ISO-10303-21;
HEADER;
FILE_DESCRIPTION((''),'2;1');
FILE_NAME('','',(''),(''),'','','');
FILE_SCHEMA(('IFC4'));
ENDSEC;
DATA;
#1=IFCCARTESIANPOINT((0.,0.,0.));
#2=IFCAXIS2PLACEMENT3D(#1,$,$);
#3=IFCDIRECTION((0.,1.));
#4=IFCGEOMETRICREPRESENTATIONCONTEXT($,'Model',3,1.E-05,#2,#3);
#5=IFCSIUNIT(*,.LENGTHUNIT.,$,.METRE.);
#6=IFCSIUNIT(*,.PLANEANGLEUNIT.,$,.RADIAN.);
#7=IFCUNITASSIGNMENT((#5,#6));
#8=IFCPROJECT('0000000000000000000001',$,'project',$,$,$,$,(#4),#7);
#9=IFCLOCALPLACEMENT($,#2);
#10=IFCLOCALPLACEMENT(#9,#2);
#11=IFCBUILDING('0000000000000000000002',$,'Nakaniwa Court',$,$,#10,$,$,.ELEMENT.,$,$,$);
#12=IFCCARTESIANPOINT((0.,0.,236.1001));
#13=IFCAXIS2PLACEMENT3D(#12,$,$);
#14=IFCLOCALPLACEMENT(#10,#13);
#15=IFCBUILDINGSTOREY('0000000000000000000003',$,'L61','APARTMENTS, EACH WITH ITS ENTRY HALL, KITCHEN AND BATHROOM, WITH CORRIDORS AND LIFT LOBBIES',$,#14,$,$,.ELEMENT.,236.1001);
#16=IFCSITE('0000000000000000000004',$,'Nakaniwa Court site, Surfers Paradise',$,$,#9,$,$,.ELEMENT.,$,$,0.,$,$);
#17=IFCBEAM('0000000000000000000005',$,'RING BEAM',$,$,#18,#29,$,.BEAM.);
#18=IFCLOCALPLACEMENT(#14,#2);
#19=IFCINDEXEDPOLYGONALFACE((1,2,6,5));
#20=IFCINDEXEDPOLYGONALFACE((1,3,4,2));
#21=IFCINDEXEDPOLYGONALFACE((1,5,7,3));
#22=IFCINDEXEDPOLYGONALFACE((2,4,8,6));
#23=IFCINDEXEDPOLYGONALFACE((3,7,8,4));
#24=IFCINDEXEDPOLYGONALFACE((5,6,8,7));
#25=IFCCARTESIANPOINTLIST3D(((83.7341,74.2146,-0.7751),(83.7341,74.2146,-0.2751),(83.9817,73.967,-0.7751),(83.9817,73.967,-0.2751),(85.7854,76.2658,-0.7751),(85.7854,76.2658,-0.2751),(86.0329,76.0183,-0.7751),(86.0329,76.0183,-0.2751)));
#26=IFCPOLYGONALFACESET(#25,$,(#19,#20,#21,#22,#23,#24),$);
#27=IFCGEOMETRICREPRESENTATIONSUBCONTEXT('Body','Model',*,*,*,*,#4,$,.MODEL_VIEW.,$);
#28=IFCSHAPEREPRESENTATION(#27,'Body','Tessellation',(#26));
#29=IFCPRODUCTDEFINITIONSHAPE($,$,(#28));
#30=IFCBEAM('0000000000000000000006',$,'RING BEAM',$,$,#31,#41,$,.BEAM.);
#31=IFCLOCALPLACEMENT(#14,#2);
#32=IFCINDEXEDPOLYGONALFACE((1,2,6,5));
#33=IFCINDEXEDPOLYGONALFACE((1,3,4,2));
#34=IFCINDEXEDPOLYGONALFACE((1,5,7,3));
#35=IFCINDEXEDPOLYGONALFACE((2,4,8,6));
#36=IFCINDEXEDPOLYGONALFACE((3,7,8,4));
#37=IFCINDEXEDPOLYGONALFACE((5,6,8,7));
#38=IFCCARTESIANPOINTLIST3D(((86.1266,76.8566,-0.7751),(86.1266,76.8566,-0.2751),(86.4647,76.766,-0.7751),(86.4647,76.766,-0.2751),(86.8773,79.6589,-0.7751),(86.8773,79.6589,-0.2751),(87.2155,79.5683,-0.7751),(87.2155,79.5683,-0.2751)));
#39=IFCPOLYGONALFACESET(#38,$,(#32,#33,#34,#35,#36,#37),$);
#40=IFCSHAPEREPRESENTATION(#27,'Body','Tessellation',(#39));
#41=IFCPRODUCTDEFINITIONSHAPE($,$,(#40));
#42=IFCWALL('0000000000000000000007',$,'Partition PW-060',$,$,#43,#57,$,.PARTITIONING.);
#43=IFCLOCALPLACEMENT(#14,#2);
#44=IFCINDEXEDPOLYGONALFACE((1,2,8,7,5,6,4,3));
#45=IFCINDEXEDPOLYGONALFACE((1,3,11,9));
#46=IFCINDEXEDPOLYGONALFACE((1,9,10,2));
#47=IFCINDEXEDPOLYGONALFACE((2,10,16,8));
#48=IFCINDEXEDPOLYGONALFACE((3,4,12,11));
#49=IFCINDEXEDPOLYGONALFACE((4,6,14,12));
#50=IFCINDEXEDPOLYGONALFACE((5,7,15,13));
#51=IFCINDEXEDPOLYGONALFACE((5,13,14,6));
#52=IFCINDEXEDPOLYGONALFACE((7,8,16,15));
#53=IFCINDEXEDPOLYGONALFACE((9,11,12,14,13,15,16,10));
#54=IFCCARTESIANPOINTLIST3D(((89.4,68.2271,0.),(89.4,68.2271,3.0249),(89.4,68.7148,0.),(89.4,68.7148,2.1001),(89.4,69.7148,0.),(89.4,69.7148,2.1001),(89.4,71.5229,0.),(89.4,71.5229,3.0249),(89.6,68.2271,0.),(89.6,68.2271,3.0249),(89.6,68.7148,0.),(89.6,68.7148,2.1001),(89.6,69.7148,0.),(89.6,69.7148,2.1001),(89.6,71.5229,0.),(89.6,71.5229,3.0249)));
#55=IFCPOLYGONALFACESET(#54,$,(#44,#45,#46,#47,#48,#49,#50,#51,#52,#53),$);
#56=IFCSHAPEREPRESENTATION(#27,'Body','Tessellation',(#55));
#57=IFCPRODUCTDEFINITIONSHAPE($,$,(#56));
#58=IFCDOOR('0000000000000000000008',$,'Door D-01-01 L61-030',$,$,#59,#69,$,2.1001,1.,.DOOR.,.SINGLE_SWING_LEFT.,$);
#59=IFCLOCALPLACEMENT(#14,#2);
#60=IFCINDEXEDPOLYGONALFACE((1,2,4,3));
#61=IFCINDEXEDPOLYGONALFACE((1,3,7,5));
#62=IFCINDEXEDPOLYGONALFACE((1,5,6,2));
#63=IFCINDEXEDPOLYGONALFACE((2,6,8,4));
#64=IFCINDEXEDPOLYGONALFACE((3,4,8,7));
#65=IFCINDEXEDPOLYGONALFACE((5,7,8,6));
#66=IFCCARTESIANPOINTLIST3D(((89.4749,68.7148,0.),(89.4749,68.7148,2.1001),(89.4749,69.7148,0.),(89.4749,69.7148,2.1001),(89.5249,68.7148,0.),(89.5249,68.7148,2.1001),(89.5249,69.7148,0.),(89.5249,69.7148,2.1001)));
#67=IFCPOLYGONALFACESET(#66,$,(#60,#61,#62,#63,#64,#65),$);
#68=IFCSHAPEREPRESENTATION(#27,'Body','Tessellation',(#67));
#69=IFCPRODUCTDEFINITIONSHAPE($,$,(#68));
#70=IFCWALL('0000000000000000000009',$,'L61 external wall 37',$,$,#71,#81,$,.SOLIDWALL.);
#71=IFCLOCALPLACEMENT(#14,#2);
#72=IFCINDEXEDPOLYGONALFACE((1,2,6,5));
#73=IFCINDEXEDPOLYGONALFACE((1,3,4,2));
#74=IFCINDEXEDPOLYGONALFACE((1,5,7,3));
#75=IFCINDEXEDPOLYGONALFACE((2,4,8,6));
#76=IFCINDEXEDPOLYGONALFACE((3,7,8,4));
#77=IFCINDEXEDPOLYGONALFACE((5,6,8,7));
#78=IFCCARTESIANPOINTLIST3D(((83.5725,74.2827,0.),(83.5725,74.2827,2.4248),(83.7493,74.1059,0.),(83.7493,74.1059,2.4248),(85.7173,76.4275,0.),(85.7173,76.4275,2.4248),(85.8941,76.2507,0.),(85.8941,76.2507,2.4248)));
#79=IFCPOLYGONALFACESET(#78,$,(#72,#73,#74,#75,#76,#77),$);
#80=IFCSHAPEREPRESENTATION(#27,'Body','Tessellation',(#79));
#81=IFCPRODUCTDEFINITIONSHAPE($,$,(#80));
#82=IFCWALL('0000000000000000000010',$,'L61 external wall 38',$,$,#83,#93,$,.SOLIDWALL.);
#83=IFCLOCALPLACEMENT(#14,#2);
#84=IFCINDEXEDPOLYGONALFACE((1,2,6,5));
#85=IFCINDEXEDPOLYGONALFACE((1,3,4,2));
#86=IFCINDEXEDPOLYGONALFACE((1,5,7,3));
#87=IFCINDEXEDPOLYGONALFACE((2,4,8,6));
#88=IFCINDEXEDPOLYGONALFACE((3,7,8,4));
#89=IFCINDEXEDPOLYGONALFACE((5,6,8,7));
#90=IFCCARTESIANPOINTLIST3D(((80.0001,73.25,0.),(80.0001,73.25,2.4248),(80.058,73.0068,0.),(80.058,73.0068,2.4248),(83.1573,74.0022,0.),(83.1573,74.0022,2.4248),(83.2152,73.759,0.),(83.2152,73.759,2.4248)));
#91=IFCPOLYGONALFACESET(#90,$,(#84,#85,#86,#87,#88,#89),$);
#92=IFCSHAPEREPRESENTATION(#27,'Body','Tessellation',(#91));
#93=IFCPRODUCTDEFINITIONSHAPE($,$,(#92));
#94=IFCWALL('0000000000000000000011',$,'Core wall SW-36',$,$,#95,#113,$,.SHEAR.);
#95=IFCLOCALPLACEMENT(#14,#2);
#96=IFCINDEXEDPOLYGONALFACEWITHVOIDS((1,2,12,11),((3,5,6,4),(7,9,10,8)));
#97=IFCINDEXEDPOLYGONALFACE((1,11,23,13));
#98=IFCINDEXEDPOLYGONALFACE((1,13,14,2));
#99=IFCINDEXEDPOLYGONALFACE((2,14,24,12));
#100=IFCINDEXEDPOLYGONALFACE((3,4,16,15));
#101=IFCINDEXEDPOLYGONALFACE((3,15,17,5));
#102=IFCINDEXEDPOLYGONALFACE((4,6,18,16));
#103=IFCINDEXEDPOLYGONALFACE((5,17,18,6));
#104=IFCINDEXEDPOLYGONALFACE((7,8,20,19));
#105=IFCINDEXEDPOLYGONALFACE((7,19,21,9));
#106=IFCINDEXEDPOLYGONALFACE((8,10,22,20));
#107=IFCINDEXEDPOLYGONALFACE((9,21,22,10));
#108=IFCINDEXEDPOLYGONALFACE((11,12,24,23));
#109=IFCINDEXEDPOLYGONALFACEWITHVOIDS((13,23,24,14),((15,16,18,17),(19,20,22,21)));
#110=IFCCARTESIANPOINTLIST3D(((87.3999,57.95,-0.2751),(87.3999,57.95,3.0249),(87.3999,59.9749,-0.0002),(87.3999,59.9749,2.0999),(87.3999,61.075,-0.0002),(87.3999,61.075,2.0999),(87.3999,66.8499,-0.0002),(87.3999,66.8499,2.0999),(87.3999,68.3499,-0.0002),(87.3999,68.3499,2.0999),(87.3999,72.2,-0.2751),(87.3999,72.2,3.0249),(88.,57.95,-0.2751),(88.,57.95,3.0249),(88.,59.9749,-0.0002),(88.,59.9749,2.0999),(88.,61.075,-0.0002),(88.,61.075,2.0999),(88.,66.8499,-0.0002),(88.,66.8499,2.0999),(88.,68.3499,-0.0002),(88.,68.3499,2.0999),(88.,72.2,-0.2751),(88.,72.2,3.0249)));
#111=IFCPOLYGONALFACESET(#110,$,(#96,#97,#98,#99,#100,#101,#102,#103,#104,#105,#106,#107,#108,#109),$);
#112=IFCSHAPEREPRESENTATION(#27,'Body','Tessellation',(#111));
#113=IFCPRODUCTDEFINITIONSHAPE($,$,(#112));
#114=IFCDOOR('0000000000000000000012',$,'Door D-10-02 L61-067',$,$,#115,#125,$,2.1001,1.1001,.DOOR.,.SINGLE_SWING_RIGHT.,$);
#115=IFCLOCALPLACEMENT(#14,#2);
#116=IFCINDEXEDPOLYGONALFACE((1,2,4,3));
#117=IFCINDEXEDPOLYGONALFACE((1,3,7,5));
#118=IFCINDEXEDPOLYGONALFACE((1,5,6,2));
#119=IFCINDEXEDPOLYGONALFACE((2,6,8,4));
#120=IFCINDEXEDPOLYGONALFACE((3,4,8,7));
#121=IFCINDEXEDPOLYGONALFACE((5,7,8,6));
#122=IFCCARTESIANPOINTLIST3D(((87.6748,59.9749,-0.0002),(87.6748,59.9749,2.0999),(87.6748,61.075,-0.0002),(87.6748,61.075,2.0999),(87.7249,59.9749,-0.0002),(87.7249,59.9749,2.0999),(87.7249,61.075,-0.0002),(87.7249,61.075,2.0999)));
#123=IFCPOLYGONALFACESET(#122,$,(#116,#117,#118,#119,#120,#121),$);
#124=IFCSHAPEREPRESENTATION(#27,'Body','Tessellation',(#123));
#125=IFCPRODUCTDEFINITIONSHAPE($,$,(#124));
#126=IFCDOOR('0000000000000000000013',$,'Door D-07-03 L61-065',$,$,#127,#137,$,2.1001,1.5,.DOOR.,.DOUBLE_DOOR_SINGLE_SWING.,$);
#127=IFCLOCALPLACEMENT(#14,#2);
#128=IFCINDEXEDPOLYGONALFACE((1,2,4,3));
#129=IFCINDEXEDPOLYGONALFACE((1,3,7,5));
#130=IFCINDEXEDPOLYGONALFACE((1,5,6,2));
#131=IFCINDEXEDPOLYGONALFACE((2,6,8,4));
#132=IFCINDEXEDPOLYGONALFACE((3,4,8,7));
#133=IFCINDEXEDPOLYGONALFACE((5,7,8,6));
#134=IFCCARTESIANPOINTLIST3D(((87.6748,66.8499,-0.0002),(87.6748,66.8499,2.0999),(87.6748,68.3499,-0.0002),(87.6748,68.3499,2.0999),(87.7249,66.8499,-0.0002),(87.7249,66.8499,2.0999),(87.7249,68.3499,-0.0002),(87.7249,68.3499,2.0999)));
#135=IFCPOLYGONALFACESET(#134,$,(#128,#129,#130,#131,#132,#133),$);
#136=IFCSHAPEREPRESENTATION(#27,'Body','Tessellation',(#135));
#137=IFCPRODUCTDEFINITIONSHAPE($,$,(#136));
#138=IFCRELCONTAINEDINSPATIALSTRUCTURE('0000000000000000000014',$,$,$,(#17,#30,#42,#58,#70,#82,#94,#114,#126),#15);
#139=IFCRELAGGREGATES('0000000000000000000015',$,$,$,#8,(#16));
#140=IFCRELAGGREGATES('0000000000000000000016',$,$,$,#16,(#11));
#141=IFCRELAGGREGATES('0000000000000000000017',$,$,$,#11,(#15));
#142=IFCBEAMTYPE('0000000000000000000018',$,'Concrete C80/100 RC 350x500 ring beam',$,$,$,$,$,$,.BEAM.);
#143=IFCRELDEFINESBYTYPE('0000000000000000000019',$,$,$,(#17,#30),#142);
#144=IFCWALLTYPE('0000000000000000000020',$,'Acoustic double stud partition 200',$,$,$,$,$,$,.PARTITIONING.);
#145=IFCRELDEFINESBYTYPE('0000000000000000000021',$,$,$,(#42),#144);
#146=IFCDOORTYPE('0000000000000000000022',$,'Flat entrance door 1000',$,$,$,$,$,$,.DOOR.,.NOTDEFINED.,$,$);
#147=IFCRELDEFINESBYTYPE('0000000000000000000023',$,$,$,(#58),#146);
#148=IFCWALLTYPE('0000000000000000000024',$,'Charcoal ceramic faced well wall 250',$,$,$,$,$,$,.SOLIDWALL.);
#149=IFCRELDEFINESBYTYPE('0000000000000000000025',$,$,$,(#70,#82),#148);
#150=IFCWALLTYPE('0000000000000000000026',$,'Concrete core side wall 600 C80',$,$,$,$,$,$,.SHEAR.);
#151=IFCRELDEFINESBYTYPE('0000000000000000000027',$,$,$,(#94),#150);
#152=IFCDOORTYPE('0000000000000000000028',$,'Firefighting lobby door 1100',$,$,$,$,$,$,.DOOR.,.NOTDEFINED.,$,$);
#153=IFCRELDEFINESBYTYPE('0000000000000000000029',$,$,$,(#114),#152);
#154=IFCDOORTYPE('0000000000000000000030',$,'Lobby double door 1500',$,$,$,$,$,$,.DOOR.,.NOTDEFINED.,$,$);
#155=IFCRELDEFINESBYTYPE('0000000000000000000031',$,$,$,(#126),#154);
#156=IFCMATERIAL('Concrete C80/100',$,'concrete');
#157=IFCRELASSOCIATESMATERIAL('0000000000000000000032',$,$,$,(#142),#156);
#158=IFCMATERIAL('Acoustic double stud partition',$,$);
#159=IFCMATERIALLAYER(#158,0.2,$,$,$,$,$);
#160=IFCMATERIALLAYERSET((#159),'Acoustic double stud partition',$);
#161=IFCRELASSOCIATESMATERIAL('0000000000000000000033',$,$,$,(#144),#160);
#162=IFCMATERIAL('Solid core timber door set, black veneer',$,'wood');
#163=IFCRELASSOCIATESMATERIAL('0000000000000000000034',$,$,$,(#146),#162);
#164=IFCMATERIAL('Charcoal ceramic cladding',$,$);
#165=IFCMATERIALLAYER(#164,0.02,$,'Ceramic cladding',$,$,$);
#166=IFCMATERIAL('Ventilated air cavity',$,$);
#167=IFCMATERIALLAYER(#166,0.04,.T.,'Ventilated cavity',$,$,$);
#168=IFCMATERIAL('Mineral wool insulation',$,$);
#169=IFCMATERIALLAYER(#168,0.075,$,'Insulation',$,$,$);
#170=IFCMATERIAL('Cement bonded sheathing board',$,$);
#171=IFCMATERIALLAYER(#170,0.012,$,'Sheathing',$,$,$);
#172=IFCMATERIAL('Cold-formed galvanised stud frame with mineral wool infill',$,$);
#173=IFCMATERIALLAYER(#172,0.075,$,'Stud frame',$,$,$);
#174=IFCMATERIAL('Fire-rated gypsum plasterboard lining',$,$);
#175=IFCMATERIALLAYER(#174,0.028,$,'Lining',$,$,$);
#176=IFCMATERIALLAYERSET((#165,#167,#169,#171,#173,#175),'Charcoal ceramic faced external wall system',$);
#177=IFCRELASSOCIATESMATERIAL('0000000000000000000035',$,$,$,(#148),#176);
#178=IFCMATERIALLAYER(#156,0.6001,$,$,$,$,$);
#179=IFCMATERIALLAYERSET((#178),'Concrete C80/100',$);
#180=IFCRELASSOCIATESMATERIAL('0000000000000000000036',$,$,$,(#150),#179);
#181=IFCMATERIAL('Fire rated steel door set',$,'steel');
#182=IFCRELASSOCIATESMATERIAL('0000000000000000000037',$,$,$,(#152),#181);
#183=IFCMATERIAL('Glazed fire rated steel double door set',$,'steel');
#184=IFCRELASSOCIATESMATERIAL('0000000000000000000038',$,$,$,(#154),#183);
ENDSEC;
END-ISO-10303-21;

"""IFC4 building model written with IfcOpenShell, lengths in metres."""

from ifc_helpers import new_model, si_unit, direction, frame, frame_2d, origin, origin_2d, place, context, subcontext, project, spatial, rectangle, extrude, material, layer, layer_set, material_profile, profile_set, type_object, element, fill, save


model = new_model("IFC4")

# Units and contexts
model_context = context("Model", 3, precision=1e-05, world=origin(), true_north=direction((0.0, 1.0)))
body_context = subcontext(model_context, "Body", "Model", "MODEL_VIEW")
ifc_project = project(units=[si_unit("LENGTHUNIT", "METRE"), si_unit("PLANEANGLEUNIT", "RADIAN")], contexts=[model_context])

# Site, building, storey
site_placement = place(None, origin())
site = spatial("IfcSite", under=ifc_project, at=site_placement, Name="Nakaniwa Court site, Surfers Paradise", CompositionType="ELEMENT", RefElevation=0.0)
building_placement = place(site_placement, origin())
building = spatial("IfcBuilding", under=site, at=building_placement, Name="Nakaniwa Court", CompositionType="ELEMENT")
storey_placement = place(building_placement, frame((0.0, 0.0, 236.1001)))
storey = spatial("IfcBuildingStorey", under=building, at=storey_placement, Name="L61", Description="APARTMENTS, EACH WITH ITS ENTRY HALL, KITCHEN AND BATHROOM, WITH CORRIDORS AND LIFT LOBBIES", CompositionType="ELEMENT", Elevation=236.1001)

# Shared definitions
ifc_material_1 = material(Name="Concrete C80/100", Category="concrete")

# Beams
ifc_material_profile_1 = material_profile(ifc_material_1, rectangle(XDim=0.3501, YDim=0.5, at=origin_2d()), Name="Concrete C80/100 RC 350x500 ring beam")
ifc_profile_set_1 = profile_set([ifc_material_profile_1], Name="Concrete C80/100")
beam_type = type_object("IfcBeamType", Name="Concrete C80/100 RC 350x500 ring beam", PredefinedType="BEAM", material=ifc_profile_set_1)
beam_1_placement = place(storey_placement, frame((83.8579, 74.0908, -0.5251), z_axis=(0.707107, 0.707107, 0.0), x_axis=(-0.707107, 0.707107, 0.0)))
element("IfcBeam", 1, at=beam_1_placement, inside=storey, type_object=beam_type, Name="RING BEAM", PredefinedType="BEAM", context=body_context, shape_type="SweptSolid", body=[
    extrude(rectangle(XDim=0.3501, YDim=0.5, at=origin_2d()), origin(), (0.0, 0.0, 1.0), 2.9009),
])
beam_2_placement = place(storey_placement, frame((86.2957, 76.8113, -0.5251), z_axis=(0.258778, 0.965937, 0.0), x_axis=(-0.965937, 0.258778, 0.0)))
element("IfcBeam", 2, at=beam_2_placement, inside=storey, type_object=beam_type, Name="RING BEAM", PredefinedType="BEAM", context=body_context, shape_type="SweptSolid", body=[
    extrude(rectangle(XDim=0.3501, YDim=0.5, at=origin_2d()), origin(), (0.0, 0.0, 1.0), 2.9011),
])

# Wall, opening, door
ifc_material_2 = material(Name="Acoustic double stud partition")
ifc_layer_1 = layer(ifc_material_2, 0.2)
ifc_layer_set_1 = layer_set([ifc_layer_1], Name="Acoustic double stud partition")
wall_type_1 = type_object("IfcWallType", Name="Acoustic double stud partition 200", PredefinedType="PARTITIONING", material=ifc_layer_set_1)
wall_1_placement = place(storey_placement, frame((89.5, 71.5229, 0.0), z_axis=(0.0, 0.0, 1.0), x_axis=(0.0, -1.0, 0.0)))
wall_1 = element("IfcWall", 3, at=wall_1_placement, inside=storey, type_object=wall_type_1, Name="Partition PW-060", PredefinedType="PARTITIONING", context=body_context, shape_type="SweptSolid", body=[
    extrude(rectangle(XDim=3.2959, YDim=0.2, at=frame_2d((1.6479, 0.0))), origin(), (0.0, 0.0, 1.0), 3.0249),
])
opening_1_placement = place(wall_1_placement, frame((1.8081, 0.0, 0.0)))
opening_1 = element("IfcOpeningElement", 4, at=opening_1_placement, cuts=wall_1, PredefinedType="OPENING", context=body_context, shape_type="SweptSolid", body=[
    extrude(rectangle(XDim=1.0, YDim=2.1001, at=frame_2d((0.5, 1.05))), frame((0.0, 0.1099, 0.0), z_axis=(0.0, -1.0, 0.0), x_axis=(1.0, 0.0, 0.0)), (0.0, 0.0, 1.0), 0.22),
])
ifc_material_3 = material(Name="Solid core timber door set, black veneer", Category="wood")
door_type_1 = type_object("IfcDoorType", Name="Flat entrance door 1000", OperationType="NOTDEFINED", PredefinedType="DOOR", material=ifc_material_3)
door_1_placement = place(opening_1_placement, origin())
door_1 = element("IfcDoor", 5, at=door_1_placement, inside=storey, type_object=door_type_1, Name="Door D-01-01 L61-030", OperationType="SINGLE_SWING_LEFT", OverallHeight=2.1001, OverallWidth=1.0, PredefinedType="DOOR", context=body_context, shape_type="SweptSolid", body=[
    extrude(rectangle(XDim=1.0, YDim=2.1001, at=frame_2d((0.5, 1.05))), frame((0.0, 0.0249, 0.0), z_axis=(0.0, -1.0, 0.0), x_axis=(1.0, 0.0, 0.0)), (0.0, 0.0, 1.0), 0.05),
])
fill(opening_1, door_1)

# Walls
ifc_material_4 = material(Name="Charcoal ceramic cladding")
ifc_layer_2 = layer(ifc_material_4, 0.02, Name="Ceramic cladding")
ifc_material_5 = material(Name="Ventilated air cavity")
ifc_layer_3 = layer(ifc_material_5, 0.04, ventilated=True, Name="Ventilated cavity")
ifc_material_6 = material(Name="Mineral wool insulation")
ifc_layer_4 = layer(ifc_material_6, 0.075, Name="Insulation")
ifc_material_7 = material(Name="Cement bonded sheathing board")
ifc_layer_5 = layer(ifc_material_7, 0.012, Name="Sheathing")
ifc_material_8 = material(Name="Cold-formed galvanised stud frame with mineral wool infill")
ifc_layer_6 = layer(ifc_material_8, 0.075, Name="Stud frame")
ifc_material_9 = material(Name="Fire-rated gypsum plasterboard lining")
ifc_layer_7 = layer(ifc_material_9, 0.028, Name="Lining")
ifc_layer_set_2 = layer_set([ifc_layer_2, ifc_layer_3, ifc_layer_4, ifc_layer_5, ifc_layer_6, ifc_layer_7], Name="Charcoal ceramic faced external wall system")
wall_type_2 = type_object("IfcWallType", Name="Charcoal ceramic faced well wall 250", PredefinedType="SOLIDWALL", material=ifc_layer_set_2)
wall_2_placement = place(storey_placement, frame((85.8057, 76.3391, 0.0), z_axis=(0.0, 0.0, 1.0), x_axis=(-0.707107, -0.707107, 0.0)))
element("IfcWall", 6, at=wall_2_placement, inside=storey, type_object=wall_type_2, Name="L61 external wall 37", PredefinedType="SOLIDWALL", context=body_context, shape_type="SweptSolid", body=[
    extrude(rectangle(XDim=3.0332, YDim=0.25, at=frame_2d((1.5166, 0.0))), origin(), (0.0, 0.0, 1.0), 2.4248),
])
wall_3_placement = place(storey_placement, frame((83.1863, 73.8806, 0.0), z_axis=(0.0, 0.0, 1.0), x_axis=(-0.972773, -0.23176, 0.0)))
element("IfcWall", 7, at=wall_3_placement, inside=storey, type_object=wall_type_2, Name="L61 external wall 38", PredefinedType="SOLIDWALL", context=body_context, shape_type="SweptSolid", body=[
    extrude(rectangle(XDim=3.2456, YDim=0.25, at=frame_2d((1.6228, 0.0))), origin(), (0.0, 0.0, 1.0), 2.4248),
])

# Wall, openings, doors
ifc_layer_8 = layer(ifc_material_1, 0.6001)
ifc_layer_set_3 = layer_set([ifc_layer_8], Name="Concrete C80/100")
wall_type_3 = type_object("IfcWallType", Name="Concrete core side wall 600 C80", PredefinedType="SHEAR", material=ifc_layer_set_3)
wall_4_placement = place(storey_placement, frame((87.7, 72.2, -0.2751), z_axis=(0.0, 0.0, 1.0), x_axis=(0.0, -1.0, 0.0)))
wall_4 = element("IfcWall", 8, at=wall_4_placement, inside=storey, type_object=wall_type_3, Name="Core wall SW-36", PredefinedType="SHEAR", context=body_context, shape_type="SweptSolid", body=[
    extrude(rectangle(XDim=14.25, YDim=0.6001, at=frame_2d((7.125, 0.0))), origin(), (0.0, 0.0, 1.0), 3.3),
])
opening_2_placement = place(wall_4_placement, frame((3.8501, 0.0, 0.2749)))
opening_2 = element("IfcOpeningElement", 9, at=opening_2_placement, cuts=wall_4, PredefinedType="OPENING", context=body_context, shape_type="SweptSolid", body=[
    extrude(rectangle(XDim=1.5, YDim=2.1001, at=frame_2d((0.75, 1.05))), frame((0.0, 0.3101, 0.0), z_axis=(0.0, -1.0, 0.0), x_axis=(1.0, 0.0, 0.0)), (0.0, 0.0, 1.0), 0.6201),
])
opening_3_placement = place(wall_4_placement, frame((11.125, 0.0, 0.2749)))
opening_3 = element("IfcOpeningElement", 10, at=opening_3_placement, cuts=wall_4, PredefinedType="OPENING", context=body_context, shape_type="SweptSolid", body=[
    extrude(rectangle(XDim=1.1001, YDim=2.1001, at=frame_2d((0.55, 1.05))), frame((0.0, 0.3101, 0.0), z_axis=(0.0, -1.0, 0.0), x_axis=(1.0, 0.0, 0.0)), (0.0, 0.0, 1.0), 0.6201),
])
ifc_material_10 = material(Name="Fire rated steel door set", Category="steel")
door_type_2 = type_object("IfcDoorType", Name="Firefighting lobby door 1100", OperationType="NOTDEFINED", PredefinedType="DOOR", material=ifc_material_10)
door_2_placement = place(opening_3_placement, origin())
door_2 = element("IfcDoor", 11, at=door_2_placement, inside=storey, type_object=door_type_2, Name="Door D-10-02 L61-067", OperationType="SINGLE_SWING_RIGHT", OverallHeight=2.1001, OverallWidth=1.1001, PredefinedType="DOOR", context=body_context, shape_type="SweptSolid", body=[
    extrude(rectangle(XDim=1.1001, YDim=2.1001, at=frame_2d((0.55, 1.05))), frame((0.0, 0.0249, 0.0), z_axis=(0.0, -1.0, 0.0), x_axis=(1.0, 0.0, 0.0)), (0.0, 0.0, 1.0), 0.05),
])
fill(opening_3, door_2)
ifc_material_11 = material(Name="Glazed fire rated steel double door set", Category="steel")
door_type_3 = type_object("IfcDoorType", Name="Lobby double door 1500", OperationType="NOTDEFINED", PredefinedType="DOOR", material=ifc_material_11)
door_3_placement = place(opening_2_placement, origin())
door_3 = element("IfcDoor", 12, at=door_3_placement, inside=storey, type_object=door_type_3, Name="Door D-07-03 L61-065", OperationType="DOUBLE_DOOR_SINGLE_SWING", OverallHeight=2.1001, OverallWidth=1.5, PredefinedType="DOOR", context=body_context, shape_type="SweptSolid", body=[
    extrude(rectangle(XDim=1.5, YDim=2.1001, at=frame_2d((0.75, 1.05))), frame((0.0, 0.0249, 0.0), z_axis=(0.0, -1.0, 0.0), x_axis=(1.0, 0.0, 0.0)), (0.0, 0.0, 1.0), 0.05),
])
fill(opening_2, door_3)

save(model, "model.ifc")
